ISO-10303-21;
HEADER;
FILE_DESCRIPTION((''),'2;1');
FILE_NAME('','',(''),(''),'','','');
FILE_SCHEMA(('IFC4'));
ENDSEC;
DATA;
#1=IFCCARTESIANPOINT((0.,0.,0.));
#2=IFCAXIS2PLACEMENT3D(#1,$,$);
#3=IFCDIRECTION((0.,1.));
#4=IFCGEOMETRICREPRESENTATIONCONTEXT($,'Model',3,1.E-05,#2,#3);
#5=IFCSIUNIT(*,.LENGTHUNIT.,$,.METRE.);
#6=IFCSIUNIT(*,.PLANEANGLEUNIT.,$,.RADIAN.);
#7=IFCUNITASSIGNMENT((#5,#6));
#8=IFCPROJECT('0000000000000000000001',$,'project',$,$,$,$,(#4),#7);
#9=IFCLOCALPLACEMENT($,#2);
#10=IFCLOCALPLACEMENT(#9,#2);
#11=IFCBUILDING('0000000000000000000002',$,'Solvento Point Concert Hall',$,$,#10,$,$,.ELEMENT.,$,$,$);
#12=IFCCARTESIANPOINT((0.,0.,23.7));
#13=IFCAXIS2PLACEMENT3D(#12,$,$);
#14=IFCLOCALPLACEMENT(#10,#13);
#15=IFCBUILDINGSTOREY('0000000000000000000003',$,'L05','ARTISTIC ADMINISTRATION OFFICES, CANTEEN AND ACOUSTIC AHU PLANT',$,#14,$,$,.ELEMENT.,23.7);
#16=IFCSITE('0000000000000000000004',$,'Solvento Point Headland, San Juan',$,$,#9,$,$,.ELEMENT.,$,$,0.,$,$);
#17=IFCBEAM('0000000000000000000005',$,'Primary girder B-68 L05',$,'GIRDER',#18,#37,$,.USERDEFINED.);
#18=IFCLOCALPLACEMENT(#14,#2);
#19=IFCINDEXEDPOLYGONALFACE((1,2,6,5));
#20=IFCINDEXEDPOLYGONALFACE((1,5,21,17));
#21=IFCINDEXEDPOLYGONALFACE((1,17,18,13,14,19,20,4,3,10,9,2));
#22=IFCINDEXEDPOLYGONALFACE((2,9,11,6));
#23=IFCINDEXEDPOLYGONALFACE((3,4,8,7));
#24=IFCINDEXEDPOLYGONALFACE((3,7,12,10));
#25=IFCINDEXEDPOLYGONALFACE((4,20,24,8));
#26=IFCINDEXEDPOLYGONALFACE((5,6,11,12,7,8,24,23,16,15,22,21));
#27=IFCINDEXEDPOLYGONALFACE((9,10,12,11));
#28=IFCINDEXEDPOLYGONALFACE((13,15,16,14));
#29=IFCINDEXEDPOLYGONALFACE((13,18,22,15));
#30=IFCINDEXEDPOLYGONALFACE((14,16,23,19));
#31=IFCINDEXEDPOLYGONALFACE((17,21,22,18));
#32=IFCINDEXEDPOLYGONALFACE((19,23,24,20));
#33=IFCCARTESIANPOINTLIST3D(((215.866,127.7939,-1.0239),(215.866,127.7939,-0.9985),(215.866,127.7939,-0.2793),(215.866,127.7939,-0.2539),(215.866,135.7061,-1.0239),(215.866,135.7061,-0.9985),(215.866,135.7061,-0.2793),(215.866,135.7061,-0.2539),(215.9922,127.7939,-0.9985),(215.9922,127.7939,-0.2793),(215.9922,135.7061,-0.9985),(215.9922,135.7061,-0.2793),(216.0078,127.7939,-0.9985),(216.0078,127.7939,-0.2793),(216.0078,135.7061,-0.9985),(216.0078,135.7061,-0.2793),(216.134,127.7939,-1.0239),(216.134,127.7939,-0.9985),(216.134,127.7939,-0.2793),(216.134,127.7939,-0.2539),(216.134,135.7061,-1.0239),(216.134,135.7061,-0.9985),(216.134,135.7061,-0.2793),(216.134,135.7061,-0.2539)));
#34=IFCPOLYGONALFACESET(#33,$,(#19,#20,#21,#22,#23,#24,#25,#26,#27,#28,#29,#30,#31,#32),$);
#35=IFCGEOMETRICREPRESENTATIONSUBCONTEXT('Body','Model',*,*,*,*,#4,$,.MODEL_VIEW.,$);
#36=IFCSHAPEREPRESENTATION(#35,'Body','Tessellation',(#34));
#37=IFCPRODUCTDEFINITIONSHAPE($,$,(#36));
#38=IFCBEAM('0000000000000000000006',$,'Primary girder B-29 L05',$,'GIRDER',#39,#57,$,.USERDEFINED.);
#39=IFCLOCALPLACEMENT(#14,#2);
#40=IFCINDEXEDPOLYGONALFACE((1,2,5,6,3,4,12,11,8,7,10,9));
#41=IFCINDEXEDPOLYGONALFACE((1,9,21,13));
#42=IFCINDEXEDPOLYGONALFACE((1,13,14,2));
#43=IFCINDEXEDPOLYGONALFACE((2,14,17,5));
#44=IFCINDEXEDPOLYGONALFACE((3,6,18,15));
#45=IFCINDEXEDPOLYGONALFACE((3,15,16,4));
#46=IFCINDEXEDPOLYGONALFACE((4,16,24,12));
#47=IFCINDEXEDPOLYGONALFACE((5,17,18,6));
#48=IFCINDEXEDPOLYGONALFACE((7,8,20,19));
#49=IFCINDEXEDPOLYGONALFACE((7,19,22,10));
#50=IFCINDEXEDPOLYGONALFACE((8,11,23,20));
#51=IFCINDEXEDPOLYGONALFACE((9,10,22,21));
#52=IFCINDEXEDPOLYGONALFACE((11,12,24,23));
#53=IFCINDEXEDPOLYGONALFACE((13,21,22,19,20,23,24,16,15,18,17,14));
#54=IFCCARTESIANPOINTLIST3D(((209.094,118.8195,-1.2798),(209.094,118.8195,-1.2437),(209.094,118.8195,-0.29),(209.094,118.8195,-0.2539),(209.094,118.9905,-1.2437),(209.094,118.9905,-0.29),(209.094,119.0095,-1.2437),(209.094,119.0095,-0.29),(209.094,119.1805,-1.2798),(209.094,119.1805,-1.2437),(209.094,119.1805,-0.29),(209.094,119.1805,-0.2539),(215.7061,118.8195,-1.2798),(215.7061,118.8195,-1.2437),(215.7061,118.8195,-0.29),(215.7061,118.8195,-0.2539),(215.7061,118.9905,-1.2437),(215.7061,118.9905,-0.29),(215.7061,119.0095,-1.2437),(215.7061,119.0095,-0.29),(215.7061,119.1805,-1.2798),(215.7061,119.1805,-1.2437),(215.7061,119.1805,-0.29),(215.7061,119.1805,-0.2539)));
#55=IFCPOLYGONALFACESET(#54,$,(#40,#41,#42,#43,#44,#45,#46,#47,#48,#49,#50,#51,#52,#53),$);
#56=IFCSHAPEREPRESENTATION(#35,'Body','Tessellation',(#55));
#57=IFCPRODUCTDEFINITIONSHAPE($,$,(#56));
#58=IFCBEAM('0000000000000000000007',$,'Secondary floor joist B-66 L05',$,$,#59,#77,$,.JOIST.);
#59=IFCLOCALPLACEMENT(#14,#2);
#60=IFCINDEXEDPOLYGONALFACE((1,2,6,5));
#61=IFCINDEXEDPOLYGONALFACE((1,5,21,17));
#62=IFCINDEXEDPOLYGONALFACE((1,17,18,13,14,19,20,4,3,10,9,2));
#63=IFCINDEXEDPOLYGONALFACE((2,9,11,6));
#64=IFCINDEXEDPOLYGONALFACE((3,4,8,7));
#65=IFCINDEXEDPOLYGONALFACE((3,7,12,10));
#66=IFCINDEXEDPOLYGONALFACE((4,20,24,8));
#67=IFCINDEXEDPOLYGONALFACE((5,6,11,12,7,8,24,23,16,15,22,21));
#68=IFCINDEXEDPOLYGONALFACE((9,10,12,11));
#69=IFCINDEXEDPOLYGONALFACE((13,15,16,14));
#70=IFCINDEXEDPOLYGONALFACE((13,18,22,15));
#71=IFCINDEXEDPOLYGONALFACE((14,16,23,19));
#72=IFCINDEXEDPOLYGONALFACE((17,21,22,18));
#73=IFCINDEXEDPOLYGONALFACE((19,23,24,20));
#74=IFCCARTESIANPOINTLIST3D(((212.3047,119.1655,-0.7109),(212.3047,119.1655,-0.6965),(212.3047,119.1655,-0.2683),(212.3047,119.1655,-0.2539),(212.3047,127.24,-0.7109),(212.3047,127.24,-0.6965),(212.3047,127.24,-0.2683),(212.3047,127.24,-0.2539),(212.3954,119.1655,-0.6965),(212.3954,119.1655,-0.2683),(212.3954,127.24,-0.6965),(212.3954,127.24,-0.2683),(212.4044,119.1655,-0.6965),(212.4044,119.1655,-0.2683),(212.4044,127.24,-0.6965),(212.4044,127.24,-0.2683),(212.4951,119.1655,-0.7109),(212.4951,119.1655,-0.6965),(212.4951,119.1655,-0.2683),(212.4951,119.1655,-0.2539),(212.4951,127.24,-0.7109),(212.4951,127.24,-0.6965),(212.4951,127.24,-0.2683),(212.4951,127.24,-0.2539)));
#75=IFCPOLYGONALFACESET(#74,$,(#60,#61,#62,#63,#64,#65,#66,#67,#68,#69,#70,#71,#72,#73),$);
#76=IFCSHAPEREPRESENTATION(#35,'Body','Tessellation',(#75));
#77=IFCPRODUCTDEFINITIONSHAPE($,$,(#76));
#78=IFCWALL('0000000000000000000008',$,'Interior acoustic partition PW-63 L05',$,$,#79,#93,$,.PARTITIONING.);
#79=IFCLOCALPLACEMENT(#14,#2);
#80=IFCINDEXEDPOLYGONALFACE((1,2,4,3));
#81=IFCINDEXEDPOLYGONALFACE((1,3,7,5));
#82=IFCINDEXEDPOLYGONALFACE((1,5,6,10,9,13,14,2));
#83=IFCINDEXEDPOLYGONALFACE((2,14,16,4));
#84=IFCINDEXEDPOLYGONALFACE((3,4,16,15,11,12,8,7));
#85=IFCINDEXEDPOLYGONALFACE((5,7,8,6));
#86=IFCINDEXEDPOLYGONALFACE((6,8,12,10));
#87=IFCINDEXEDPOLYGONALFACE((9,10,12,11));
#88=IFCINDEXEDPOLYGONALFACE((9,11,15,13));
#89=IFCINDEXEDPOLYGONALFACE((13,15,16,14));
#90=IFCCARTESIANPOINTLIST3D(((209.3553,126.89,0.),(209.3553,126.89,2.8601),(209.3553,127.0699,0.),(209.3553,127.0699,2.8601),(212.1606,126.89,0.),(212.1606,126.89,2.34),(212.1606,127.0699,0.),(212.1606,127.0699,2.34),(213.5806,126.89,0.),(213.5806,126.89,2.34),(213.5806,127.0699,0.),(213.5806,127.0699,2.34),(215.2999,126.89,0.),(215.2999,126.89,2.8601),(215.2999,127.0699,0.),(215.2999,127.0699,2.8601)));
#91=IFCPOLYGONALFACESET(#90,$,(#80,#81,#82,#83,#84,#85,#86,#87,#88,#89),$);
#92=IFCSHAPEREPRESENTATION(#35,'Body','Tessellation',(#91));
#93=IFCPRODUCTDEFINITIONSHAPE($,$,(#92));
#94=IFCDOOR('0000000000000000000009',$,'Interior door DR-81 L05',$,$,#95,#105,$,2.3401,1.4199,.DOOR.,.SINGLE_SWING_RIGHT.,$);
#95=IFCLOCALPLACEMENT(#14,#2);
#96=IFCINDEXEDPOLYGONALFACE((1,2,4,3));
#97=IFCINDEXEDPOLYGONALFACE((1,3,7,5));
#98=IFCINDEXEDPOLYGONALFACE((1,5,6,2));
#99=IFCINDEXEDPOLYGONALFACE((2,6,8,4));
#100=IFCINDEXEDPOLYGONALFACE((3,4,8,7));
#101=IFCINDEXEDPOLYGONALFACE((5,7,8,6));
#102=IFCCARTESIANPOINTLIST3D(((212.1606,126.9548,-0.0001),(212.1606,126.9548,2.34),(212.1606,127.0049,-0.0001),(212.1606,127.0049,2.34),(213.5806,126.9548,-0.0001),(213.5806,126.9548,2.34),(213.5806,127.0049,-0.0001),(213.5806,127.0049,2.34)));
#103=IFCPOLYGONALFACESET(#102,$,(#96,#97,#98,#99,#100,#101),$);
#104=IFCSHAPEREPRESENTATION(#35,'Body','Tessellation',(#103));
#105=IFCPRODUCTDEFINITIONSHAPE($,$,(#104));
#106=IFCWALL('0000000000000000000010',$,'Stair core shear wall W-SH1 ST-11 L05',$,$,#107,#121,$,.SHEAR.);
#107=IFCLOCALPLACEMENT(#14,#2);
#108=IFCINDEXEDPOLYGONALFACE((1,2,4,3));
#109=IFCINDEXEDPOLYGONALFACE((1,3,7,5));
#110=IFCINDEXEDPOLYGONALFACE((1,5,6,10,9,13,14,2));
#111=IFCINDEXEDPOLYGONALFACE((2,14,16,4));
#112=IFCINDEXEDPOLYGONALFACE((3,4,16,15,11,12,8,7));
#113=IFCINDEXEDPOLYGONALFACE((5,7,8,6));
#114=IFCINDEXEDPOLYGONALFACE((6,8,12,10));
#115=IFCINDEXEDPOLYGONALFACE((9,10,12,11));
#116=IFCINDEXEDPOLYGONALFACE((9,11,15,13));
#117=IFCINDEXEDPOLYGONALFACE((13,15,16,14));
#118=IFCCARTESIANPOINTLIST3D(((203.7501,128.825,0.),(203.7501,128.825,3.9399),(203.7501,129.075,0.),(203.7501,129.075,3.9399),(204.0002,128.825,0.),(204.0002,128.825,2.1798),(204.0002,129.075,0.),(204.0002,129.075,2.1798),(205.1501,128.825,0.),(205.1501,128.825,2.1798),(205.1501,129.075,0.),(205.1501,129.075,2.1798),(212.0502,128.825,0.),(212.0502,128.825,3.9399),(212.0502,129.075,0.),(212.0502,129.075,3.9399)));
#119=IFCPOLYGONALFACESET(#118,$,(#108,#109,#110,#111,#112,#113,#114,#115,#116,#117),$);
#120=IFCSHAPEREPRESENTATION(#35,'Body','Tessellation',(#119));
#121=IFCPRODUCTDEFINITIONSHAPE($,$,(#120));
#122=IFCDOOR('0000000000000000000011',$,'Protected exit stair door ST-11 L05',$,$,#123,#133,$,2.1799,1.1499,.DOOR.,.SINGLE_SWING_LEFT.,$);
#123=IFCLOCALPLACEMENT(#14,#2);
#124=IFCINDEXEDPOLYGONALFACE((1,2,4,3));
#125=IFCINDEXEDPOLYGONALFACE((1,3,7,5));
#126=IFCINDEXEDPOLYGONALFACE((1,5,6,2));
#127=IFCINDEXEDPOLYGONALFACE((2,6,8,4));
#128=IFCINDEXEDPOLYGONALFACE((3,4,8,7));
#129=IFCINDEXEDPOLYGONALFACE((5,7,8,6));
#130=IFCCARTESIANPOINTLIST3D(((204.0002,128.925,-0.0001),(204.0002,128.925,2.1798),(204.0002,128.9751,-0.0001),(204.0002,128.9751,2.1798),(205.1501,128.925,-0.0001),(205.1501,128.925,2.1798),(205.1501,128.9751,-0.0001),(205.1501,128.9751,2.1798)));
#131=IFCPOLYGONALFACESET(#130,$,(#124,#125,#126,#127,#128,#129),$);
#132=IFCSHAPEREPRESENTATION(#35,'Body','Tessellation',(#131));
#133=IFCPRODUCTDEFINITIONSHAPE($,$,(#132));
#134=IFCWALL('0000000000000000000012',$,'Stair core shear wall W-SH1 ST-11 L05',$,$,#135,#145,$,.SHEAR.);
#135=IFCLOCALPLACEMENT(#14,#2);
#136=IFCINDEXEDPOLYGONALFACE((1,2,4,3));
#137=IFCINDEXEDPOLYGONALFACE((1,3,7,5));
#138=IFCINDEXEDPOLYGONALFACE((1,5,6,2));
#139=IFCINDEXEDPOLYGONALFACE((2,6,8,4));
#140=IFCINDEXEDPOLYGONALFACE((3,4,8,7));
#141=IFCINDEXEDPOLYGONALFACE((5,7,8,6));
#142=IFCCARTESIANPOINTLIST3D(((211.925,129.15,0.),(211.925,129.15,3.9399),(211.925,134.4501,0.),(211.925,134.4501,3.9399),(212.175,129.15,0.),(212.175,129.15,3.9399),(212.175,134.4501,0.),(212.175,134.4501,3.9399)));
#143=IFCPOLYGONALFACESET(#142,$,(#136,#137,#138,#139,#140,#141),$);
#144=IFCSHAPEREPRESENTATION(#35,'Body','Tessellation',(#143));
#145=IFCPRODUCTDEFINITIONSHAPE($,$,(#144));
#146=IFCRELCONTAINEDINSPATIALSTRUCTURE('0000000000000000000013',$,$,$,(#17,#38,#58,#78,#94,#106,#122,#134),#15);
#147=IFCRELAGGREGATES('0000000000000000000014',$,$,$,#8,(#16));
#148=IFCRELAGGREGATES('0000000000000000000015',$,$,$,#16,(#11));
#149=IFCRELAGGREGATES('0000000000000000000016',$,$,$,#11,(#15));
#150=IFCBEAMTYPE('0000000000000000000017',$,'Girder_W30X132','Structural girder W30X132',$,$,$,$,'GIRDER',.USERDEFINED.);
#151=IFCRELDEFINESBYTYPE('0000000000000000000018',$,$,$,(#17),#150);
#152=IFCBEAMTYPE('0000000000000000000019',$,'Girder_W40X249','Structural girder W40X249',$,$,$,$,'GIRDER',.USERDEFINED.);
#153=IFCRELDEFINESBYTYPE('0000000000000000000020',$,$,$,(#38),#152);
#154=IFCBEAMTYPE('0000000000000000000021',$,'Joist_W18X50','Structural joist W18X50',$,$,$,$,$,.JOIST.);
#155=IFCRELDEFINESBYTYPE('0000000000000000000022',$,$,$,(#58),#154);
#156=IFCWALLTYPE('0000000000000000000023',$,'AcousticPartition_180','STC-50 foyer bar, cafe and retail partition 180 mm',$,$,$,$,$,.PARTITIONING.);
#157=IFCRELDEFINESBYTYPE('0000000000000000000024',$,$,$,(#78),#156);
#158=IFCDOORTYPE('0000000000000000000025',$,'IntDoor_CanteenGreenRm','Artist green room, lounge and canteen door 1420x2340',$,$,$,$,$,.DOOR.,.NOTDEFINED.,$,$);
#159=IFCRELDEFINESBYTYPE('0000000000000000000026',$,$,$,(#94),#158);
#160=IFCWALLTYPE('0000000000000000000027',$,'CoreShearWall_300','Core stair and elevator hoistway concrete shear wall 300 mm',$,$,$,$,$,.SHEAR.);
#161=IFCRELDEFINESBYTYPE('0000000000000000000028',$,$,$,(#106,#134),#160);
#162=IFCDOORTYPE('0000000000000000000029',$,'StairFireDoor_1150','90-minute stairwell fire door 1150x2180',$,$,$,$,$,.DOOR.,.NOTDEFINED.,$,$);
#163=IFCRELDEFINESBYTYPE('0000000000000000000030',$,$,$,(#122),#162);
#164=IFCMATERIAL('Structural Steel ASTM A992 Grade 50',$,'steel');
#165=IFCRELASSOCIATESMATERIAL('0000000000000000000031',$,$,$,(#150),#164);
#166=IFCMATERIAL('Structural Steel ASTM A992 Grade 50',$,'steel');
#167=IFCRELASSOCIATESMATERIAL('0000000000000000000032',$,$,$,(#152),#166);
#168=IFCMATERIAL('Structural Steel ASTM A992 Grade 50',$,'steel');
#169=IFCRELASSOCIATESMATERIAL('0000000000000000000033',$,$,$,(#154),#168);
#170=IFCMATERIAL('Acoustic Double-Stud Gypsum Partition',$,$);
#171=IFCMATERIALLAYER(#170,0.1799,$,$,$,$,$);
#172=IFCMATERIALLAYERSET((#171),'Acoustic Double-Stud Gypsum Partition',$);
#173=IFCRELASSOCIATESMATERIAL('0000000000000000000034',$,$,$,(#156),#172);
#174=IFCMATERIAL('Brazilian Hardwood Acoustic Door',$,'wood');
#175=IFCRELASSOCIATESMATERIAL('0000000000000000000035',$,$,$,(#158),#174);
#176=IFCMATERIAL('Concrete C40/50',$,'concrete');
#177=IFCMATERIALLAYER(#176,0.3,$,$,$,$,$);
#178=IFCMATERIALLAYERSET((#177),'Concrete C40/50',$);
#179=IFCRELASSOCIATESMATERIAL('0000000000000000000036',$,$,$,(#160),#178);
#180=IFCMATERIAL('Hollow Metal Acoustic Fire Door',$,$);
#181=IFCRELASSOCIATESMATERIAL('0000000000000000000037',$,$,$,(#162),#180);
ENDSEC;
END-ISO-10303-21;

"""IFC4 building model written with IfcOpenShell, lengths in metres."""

from ifc_helpers import new_model, si_unit, direction, frame, frame_2d, origin, origin_2d, place, context, subcontext, project, spatial, rectangle, i_section, extrude, material, layer, layer_set, material_profile, profile_set, type_object, element, fill, save


model = new_model("IFC4")

# Units and contexts
model_context = context("Model", 3, precision=1e-05, world=origin(), true_north=direction((0.0, 1.0)))
body_context = subcontext(model_context, "Body", "Model", "MODEL_VIEW")
ifc_project = project(units=[si_unit("LENGTHUNIT", "METRE"), si_unit("PLANEANGLEUNIT", "RADIAN")], contexts=[model_context])

# Site, building, storey
site_placement = place(None, origin())
site = spatial("IfcSite", under=ifc_project, at=site_placement, Name="Solvento Point Headland, San Juan", CompositionType="ELEMENT", RefElevation=0.0)
building_placement = place(site_placement, origin())
building = spatial("IfcBuilding", under=site, at=building_placement, Name="Solvento Point Concert Hall", CompositionType="ELEMENT")
storey_placement = place(building_placement, frame((0.0, 0.0, 23.7)))
storey = spatial("IfcBuildingStorey", under=building, at=storey_placement, Name="L05", Description="ARTISTIC ADMINISTRATION OFFICES, CANTEEN AND ACOUSTIC AHU PLANT", CompositionType="ELEMENT", Elevation=23.7)

# Beams
ifc_material_1 = material(Name="Structural Steel ASTM A992 Grade 50", Category="steel")
ifc_material_profile_1 = material_profile(ifc_material_1, i_section(OverallWidth=0.2681, OverallDepth=0.77, WebThickness=0.0156, FlangeThickness=0.0254, at=origin_2d()), Name="W30X132")
ifc_profile_set_1 = profile_set([ifc_material_profile_1], Name="Structural Steel ASTM A992 Grade 50")
beam_type_1 = type_object("IfcBeamType", Name="Girder_W30X132", Description="Structural girder W30X132", ElementType="GIRDER", PredefinedType="USERDEFINED", material=ifc_profile_set_1)
beam_1_placement = place(storey_placement, frame((216.0, 127.7939, -0.6389), z_axis=(0.0, 1.0, 0.0), x_axis=(-1.0, 0.0, 0.0)))
element("IfcBeam", 1, at=beam_1_placement, inside=storey, type_object=beam_type_1, Name="Primary girder B-68 L05", ObjectType="GIRDER", PredefinedType="USERDEFINED", context=body_context, shape_type="SweptSolid", body=[
    extrude(i_section(OverallWidth=0.2681, OverallDepth=0.77, WebThickness=0.0156, FlangeThickness=0.0254, at=origin_2d()), origin(), (0.0, 0.0, 1.0), 7.9121),
])
ifc_material_2 = material(Name="Structural Steel ASTM A992 Grade 50", Category="steel")
ifc_material_profile_2 = material_profile(ifc_material_2, i_section(OverallWidth=0.3611, OverallDepth=1.0259, WebThickness=0.019, FlangeThickness=0.0361, at=origin_2d()), Name="W40X249")
ifc_profile_set_2 = profile_set([ifc_material_profile_2], Name="Structural Steel ASTM A992 Grade 50")
beam_type_2 = type_object("IfcBeamType", Name="Girder_W40X249", Description="Structural girder W40X249", ElementType="GIRDER", PredefinedType="USERDEFINED", material=ifc_profile_set_2)
beam_2_placement = place(storey_placement, frame((209.094, 119.0, -0.7668), z_axis=(1.0, 0.0, 0.0), x_axis=(0.0, 1.0, 0.0)))
element("IfcBeam", 2, at=beam_2_placement, inside=storey, type_object=beam_type_2, Name="Primary girder B-29 L05", ObjectType="GIRDER", PredefinedType="USERDEFINED", context=body_context, shape_type="SweptSolid", body=[
    extrude(i_section(OverallWidth=0.3611, OverallDepth=1.0259, WebThickness=0.019, FlangeThickness=0.0361, at=origin_2d()), origin(), (0.0, 0.0, 1.0), 6.6121),
])
ifc_material_3 = material(Name="Structural Steel ASTM A992 Grade 50", Category="steel")
ifc_material_profile_3 = material_profile(ifc_material_3, i_section(OverallWidth=0.1904, OverallDepth=0.457, WebThickness=0.009, FlangeThickness=0.0144, at=origin_2d()), Name="W18X50")
ifc_profile_set_3 = profile_set([ifc_material_profile_3], Name="Structural Steel ASTM A992 Grade 50")
beam_type_3 = type_object("IfcBeamType", Name="Joist_W18X50", Description="Structural joist W18X50", PredefinedType="JOIST", material=ifc_profile_set_3)
beam_3_placement = place(storey_placement, frame((212.3999, 119.1655, -0.4824), z_axis=(0.0, 1.0, 0.0), x_axis=(-1.0, 0.0, 0.0)))
element("IfcBeam", 3, at=beam_3_placement, inside=storey, type_object=beam_type_3, Name="Secondary floor joist B-66 L05", PredefinedType="JOIST", context=body_context, shape_type="SweptSolid", body=[
    extrude(i_section(OverallWidth=0.1904, OverallDepth=0.457, WebThickness=0.009, FlangeThickness=0.0144, at=origin_2d()), origin(), (0.0, 0.0, 1.0), 8.0745),
])

# Walls, openings, doors
ifc_material_4 = material(Name="Acoustic Double-Stud Gypsum Partition")
ifc_layer_1 = layer(ifc_material_4, 0.1799)
ifc_layer_set_1 = layer_set([ifc_layer_1], Name="Acoustic Double-Stud Gypsum Partition")
wall_type_1 = type_object("IfcWallType", Name="AcousticPartition_180", Description="STC-50 foyer bar, cafe and retail partition 180 mm", PredefinedType="PARTITIONING", material=ifc_layer_set_1)
wall_1_placement = place(storey_placement, frame((209.3555, 126.98, 0.0), z_axis=(0.0, 0.0, 1.0), x_axis=(1.0, 0.0, 0.0)))
wall_1 = element("IfcWall", 4, at=wall_1_placement, inside=storey, type_object=wall_type_1, Name="Interior acoustic partition PW-63 L05", PredefinedType="PARTITIONING", context=body_context, shape_type="SweptSolid", body=[
    extrude(rectangle(XDim=5.9446, YDim=0.1799, at=frame_2d((2.9722, 0.0))), origin(), (0.0, 0.0, 1.0), 2.8601),
])
opening_1_placement = place(wall_1_placement, frame((2.8052, 0.0, 0.0)))
opening_1 = element("IfcOpeningElement", 5, at=opening_1_placement, cuts=wall_1, PredefinedType="OPENING", context=body_context, shape_type="SweptSolid", body=[
    extrude(rectangle(XDim=1.4199, YDim=2.3401, at=frame_2d((0.71, 1.1699))), frame((0.0, 0.0999, 0.0), z_axis=(0.0, -1.0, 0.0), x_axis=(1.0, 0.0, 0.0)), (0.0, 0.0, 1.0), 0.2),
])
ifc_material_5 = material(Name="Brazilian Hardwood Acoustic Door", Category="wood")
door_type_1 = type_object("IfcDoorType", Name="IntDoor_CanteenGreenRm", Description="Artist green room, lounge and canteen door 1420x2340", OperationType="NOTDEFINED", PredefinedType="DOOR", material=ifc_material_5)
door_1_placement = place(opening_1_placement, origin())
door_1 = element("IfcDoor", 6, at=door_1_placement, inside=storey, type_object=door_type_1, Name="Interior door DR-81 L05", OperationType="SINGLE_SWING_RIGHT", OverallHeight=2.3401, OverallWidth=1.4199, PredefinedType="DOOR", context=body_context, shape_type="SweptSolid", body=[
    extrude(rectangle(XDim=1.4199, YDim=2.3401, at=frame_2d((0.71, 1.1699))), frame((0.0, 0.0249, 0.0), z_axis=(0.0, -1.0, 0.0), x_axis=(1.0, 0.0, 0.0)), (0.0, 0.0, 1.0), 0.05),
])
fill(opening_1, door_1)
ifc_material_6 = material(Name="Concrete C40/50", Category="concrete")
ifc_layer_2 = layer(ifc_material_6, 0.3)
ifc_layer_set_2 = layer_set([ifc_layer_2], Name="Concrete C40/50")
wall_type_2 = type_object("IfcWallType", Name="CoreShearWall_300", Description="Core stair and elevator hoistway concrete shear wall 300 mm", PredefinedType="SHEAR", material=ifc_layer_set_2)
wall_2_placement = place(storey_placement, frame((212.05, 128.95, 0.0), z_axis=(0.0, 0.0, 1.0), x_axis=(-1.0, 0.0, 0.0)))
wall_2 = element("IfcWall", 7, at=wall_2_placement, inside=storey, type_object=wall_type_2, Name="Stair core shear wall W-SH1 ST-11 L05", PredefinedType="SHEAR", context=body_context, shape_type="SweptSolid", body=[
    extrude(rectangle(XDim=8.3, YDim=0.25, at=frame_2d((4.1499, 0.0))), origin(), (0.0, 0.0, 1.0), 3.9399),
])
opening_2_placement = place(wall_2_placement, frame((6.8999, 0.0, 0.0)))
opening_2 = element("IfcOpeningElement", 8, at=opening_2_placement, cuts=wall_2, PredefinedType="OPENING", context=body_context, shape_type="SweptSolid", body=[
    extrude(rectangle(XDim=1.1499, YDim=2.1799, at=frame_2d((0.575, 1.0898))), frame((0.0, 0.135, 0.0), z_axis=(0.0, -1.0, 0.0), x_axis=(1.0, 0.0, 0.0)), (0.0, 0.0, 1.0), 0.27),
])
ifc_material_7 = material(Name="Hollow Metal Acoustic Fire Door")
door_type_2 = type_object("IfcDoorType", Name="StairFireDoor_1150", Description="90-minute stairwell fire door 1150x2180", OperationType="NOTDEFINED", PredefinedType="DOOR", material=ifc_material_7)
door_2_placement = place(opening_2_placement, origin())
door_2 = element("IfcDoor", 9, at=door_2_placement, inside=storey, type_object=door_type_2, Name="Protected exit stair door ST-11 L05", OperationType="SINGLE_SWING_LEFT", OverallHeight=2.1799, OverallWidth=1.1499, PredefinedType="DOOR", context=body_context, shape_type="SweptSolid", body=[
    extrude(rectangle(XDim=1.1499, YDim=2.1799, at=frame_2d((0.575, 1.0898))), frame((0.0, 0.0249, 0.0), z_axis=(0.0, -1.0, 0.0), x_axis=(1.0, 0.0, 0.0)), (0.0, 0.0, 1.0), 0.05),
])
fill(opening_2, door_2)

# Wall
wall_3_placement = place(storey_placement, frame((212.05, 134.45, 0.0), z_axis=(0.0, 0.0, 1.0), x_axis=(0.0, -1.0, 0.0)))
element("IfcWall", 10, at=wall_3_placement, inside=storey, type_object=wall_type_2, Name="Stair core shear wall W-SH1 ST-11 L05", PredefinedType="SHEAR", context=body_context, shape_type="SweptSolid", body=[
    extrude(rectangle(XDim=5.3, YDim=0.25, at=frame_2d((2.6499, 0.0))), origin(), (0.0, 0.0, 1.0), 3.9399),
])

save(model, "model.ifc")
